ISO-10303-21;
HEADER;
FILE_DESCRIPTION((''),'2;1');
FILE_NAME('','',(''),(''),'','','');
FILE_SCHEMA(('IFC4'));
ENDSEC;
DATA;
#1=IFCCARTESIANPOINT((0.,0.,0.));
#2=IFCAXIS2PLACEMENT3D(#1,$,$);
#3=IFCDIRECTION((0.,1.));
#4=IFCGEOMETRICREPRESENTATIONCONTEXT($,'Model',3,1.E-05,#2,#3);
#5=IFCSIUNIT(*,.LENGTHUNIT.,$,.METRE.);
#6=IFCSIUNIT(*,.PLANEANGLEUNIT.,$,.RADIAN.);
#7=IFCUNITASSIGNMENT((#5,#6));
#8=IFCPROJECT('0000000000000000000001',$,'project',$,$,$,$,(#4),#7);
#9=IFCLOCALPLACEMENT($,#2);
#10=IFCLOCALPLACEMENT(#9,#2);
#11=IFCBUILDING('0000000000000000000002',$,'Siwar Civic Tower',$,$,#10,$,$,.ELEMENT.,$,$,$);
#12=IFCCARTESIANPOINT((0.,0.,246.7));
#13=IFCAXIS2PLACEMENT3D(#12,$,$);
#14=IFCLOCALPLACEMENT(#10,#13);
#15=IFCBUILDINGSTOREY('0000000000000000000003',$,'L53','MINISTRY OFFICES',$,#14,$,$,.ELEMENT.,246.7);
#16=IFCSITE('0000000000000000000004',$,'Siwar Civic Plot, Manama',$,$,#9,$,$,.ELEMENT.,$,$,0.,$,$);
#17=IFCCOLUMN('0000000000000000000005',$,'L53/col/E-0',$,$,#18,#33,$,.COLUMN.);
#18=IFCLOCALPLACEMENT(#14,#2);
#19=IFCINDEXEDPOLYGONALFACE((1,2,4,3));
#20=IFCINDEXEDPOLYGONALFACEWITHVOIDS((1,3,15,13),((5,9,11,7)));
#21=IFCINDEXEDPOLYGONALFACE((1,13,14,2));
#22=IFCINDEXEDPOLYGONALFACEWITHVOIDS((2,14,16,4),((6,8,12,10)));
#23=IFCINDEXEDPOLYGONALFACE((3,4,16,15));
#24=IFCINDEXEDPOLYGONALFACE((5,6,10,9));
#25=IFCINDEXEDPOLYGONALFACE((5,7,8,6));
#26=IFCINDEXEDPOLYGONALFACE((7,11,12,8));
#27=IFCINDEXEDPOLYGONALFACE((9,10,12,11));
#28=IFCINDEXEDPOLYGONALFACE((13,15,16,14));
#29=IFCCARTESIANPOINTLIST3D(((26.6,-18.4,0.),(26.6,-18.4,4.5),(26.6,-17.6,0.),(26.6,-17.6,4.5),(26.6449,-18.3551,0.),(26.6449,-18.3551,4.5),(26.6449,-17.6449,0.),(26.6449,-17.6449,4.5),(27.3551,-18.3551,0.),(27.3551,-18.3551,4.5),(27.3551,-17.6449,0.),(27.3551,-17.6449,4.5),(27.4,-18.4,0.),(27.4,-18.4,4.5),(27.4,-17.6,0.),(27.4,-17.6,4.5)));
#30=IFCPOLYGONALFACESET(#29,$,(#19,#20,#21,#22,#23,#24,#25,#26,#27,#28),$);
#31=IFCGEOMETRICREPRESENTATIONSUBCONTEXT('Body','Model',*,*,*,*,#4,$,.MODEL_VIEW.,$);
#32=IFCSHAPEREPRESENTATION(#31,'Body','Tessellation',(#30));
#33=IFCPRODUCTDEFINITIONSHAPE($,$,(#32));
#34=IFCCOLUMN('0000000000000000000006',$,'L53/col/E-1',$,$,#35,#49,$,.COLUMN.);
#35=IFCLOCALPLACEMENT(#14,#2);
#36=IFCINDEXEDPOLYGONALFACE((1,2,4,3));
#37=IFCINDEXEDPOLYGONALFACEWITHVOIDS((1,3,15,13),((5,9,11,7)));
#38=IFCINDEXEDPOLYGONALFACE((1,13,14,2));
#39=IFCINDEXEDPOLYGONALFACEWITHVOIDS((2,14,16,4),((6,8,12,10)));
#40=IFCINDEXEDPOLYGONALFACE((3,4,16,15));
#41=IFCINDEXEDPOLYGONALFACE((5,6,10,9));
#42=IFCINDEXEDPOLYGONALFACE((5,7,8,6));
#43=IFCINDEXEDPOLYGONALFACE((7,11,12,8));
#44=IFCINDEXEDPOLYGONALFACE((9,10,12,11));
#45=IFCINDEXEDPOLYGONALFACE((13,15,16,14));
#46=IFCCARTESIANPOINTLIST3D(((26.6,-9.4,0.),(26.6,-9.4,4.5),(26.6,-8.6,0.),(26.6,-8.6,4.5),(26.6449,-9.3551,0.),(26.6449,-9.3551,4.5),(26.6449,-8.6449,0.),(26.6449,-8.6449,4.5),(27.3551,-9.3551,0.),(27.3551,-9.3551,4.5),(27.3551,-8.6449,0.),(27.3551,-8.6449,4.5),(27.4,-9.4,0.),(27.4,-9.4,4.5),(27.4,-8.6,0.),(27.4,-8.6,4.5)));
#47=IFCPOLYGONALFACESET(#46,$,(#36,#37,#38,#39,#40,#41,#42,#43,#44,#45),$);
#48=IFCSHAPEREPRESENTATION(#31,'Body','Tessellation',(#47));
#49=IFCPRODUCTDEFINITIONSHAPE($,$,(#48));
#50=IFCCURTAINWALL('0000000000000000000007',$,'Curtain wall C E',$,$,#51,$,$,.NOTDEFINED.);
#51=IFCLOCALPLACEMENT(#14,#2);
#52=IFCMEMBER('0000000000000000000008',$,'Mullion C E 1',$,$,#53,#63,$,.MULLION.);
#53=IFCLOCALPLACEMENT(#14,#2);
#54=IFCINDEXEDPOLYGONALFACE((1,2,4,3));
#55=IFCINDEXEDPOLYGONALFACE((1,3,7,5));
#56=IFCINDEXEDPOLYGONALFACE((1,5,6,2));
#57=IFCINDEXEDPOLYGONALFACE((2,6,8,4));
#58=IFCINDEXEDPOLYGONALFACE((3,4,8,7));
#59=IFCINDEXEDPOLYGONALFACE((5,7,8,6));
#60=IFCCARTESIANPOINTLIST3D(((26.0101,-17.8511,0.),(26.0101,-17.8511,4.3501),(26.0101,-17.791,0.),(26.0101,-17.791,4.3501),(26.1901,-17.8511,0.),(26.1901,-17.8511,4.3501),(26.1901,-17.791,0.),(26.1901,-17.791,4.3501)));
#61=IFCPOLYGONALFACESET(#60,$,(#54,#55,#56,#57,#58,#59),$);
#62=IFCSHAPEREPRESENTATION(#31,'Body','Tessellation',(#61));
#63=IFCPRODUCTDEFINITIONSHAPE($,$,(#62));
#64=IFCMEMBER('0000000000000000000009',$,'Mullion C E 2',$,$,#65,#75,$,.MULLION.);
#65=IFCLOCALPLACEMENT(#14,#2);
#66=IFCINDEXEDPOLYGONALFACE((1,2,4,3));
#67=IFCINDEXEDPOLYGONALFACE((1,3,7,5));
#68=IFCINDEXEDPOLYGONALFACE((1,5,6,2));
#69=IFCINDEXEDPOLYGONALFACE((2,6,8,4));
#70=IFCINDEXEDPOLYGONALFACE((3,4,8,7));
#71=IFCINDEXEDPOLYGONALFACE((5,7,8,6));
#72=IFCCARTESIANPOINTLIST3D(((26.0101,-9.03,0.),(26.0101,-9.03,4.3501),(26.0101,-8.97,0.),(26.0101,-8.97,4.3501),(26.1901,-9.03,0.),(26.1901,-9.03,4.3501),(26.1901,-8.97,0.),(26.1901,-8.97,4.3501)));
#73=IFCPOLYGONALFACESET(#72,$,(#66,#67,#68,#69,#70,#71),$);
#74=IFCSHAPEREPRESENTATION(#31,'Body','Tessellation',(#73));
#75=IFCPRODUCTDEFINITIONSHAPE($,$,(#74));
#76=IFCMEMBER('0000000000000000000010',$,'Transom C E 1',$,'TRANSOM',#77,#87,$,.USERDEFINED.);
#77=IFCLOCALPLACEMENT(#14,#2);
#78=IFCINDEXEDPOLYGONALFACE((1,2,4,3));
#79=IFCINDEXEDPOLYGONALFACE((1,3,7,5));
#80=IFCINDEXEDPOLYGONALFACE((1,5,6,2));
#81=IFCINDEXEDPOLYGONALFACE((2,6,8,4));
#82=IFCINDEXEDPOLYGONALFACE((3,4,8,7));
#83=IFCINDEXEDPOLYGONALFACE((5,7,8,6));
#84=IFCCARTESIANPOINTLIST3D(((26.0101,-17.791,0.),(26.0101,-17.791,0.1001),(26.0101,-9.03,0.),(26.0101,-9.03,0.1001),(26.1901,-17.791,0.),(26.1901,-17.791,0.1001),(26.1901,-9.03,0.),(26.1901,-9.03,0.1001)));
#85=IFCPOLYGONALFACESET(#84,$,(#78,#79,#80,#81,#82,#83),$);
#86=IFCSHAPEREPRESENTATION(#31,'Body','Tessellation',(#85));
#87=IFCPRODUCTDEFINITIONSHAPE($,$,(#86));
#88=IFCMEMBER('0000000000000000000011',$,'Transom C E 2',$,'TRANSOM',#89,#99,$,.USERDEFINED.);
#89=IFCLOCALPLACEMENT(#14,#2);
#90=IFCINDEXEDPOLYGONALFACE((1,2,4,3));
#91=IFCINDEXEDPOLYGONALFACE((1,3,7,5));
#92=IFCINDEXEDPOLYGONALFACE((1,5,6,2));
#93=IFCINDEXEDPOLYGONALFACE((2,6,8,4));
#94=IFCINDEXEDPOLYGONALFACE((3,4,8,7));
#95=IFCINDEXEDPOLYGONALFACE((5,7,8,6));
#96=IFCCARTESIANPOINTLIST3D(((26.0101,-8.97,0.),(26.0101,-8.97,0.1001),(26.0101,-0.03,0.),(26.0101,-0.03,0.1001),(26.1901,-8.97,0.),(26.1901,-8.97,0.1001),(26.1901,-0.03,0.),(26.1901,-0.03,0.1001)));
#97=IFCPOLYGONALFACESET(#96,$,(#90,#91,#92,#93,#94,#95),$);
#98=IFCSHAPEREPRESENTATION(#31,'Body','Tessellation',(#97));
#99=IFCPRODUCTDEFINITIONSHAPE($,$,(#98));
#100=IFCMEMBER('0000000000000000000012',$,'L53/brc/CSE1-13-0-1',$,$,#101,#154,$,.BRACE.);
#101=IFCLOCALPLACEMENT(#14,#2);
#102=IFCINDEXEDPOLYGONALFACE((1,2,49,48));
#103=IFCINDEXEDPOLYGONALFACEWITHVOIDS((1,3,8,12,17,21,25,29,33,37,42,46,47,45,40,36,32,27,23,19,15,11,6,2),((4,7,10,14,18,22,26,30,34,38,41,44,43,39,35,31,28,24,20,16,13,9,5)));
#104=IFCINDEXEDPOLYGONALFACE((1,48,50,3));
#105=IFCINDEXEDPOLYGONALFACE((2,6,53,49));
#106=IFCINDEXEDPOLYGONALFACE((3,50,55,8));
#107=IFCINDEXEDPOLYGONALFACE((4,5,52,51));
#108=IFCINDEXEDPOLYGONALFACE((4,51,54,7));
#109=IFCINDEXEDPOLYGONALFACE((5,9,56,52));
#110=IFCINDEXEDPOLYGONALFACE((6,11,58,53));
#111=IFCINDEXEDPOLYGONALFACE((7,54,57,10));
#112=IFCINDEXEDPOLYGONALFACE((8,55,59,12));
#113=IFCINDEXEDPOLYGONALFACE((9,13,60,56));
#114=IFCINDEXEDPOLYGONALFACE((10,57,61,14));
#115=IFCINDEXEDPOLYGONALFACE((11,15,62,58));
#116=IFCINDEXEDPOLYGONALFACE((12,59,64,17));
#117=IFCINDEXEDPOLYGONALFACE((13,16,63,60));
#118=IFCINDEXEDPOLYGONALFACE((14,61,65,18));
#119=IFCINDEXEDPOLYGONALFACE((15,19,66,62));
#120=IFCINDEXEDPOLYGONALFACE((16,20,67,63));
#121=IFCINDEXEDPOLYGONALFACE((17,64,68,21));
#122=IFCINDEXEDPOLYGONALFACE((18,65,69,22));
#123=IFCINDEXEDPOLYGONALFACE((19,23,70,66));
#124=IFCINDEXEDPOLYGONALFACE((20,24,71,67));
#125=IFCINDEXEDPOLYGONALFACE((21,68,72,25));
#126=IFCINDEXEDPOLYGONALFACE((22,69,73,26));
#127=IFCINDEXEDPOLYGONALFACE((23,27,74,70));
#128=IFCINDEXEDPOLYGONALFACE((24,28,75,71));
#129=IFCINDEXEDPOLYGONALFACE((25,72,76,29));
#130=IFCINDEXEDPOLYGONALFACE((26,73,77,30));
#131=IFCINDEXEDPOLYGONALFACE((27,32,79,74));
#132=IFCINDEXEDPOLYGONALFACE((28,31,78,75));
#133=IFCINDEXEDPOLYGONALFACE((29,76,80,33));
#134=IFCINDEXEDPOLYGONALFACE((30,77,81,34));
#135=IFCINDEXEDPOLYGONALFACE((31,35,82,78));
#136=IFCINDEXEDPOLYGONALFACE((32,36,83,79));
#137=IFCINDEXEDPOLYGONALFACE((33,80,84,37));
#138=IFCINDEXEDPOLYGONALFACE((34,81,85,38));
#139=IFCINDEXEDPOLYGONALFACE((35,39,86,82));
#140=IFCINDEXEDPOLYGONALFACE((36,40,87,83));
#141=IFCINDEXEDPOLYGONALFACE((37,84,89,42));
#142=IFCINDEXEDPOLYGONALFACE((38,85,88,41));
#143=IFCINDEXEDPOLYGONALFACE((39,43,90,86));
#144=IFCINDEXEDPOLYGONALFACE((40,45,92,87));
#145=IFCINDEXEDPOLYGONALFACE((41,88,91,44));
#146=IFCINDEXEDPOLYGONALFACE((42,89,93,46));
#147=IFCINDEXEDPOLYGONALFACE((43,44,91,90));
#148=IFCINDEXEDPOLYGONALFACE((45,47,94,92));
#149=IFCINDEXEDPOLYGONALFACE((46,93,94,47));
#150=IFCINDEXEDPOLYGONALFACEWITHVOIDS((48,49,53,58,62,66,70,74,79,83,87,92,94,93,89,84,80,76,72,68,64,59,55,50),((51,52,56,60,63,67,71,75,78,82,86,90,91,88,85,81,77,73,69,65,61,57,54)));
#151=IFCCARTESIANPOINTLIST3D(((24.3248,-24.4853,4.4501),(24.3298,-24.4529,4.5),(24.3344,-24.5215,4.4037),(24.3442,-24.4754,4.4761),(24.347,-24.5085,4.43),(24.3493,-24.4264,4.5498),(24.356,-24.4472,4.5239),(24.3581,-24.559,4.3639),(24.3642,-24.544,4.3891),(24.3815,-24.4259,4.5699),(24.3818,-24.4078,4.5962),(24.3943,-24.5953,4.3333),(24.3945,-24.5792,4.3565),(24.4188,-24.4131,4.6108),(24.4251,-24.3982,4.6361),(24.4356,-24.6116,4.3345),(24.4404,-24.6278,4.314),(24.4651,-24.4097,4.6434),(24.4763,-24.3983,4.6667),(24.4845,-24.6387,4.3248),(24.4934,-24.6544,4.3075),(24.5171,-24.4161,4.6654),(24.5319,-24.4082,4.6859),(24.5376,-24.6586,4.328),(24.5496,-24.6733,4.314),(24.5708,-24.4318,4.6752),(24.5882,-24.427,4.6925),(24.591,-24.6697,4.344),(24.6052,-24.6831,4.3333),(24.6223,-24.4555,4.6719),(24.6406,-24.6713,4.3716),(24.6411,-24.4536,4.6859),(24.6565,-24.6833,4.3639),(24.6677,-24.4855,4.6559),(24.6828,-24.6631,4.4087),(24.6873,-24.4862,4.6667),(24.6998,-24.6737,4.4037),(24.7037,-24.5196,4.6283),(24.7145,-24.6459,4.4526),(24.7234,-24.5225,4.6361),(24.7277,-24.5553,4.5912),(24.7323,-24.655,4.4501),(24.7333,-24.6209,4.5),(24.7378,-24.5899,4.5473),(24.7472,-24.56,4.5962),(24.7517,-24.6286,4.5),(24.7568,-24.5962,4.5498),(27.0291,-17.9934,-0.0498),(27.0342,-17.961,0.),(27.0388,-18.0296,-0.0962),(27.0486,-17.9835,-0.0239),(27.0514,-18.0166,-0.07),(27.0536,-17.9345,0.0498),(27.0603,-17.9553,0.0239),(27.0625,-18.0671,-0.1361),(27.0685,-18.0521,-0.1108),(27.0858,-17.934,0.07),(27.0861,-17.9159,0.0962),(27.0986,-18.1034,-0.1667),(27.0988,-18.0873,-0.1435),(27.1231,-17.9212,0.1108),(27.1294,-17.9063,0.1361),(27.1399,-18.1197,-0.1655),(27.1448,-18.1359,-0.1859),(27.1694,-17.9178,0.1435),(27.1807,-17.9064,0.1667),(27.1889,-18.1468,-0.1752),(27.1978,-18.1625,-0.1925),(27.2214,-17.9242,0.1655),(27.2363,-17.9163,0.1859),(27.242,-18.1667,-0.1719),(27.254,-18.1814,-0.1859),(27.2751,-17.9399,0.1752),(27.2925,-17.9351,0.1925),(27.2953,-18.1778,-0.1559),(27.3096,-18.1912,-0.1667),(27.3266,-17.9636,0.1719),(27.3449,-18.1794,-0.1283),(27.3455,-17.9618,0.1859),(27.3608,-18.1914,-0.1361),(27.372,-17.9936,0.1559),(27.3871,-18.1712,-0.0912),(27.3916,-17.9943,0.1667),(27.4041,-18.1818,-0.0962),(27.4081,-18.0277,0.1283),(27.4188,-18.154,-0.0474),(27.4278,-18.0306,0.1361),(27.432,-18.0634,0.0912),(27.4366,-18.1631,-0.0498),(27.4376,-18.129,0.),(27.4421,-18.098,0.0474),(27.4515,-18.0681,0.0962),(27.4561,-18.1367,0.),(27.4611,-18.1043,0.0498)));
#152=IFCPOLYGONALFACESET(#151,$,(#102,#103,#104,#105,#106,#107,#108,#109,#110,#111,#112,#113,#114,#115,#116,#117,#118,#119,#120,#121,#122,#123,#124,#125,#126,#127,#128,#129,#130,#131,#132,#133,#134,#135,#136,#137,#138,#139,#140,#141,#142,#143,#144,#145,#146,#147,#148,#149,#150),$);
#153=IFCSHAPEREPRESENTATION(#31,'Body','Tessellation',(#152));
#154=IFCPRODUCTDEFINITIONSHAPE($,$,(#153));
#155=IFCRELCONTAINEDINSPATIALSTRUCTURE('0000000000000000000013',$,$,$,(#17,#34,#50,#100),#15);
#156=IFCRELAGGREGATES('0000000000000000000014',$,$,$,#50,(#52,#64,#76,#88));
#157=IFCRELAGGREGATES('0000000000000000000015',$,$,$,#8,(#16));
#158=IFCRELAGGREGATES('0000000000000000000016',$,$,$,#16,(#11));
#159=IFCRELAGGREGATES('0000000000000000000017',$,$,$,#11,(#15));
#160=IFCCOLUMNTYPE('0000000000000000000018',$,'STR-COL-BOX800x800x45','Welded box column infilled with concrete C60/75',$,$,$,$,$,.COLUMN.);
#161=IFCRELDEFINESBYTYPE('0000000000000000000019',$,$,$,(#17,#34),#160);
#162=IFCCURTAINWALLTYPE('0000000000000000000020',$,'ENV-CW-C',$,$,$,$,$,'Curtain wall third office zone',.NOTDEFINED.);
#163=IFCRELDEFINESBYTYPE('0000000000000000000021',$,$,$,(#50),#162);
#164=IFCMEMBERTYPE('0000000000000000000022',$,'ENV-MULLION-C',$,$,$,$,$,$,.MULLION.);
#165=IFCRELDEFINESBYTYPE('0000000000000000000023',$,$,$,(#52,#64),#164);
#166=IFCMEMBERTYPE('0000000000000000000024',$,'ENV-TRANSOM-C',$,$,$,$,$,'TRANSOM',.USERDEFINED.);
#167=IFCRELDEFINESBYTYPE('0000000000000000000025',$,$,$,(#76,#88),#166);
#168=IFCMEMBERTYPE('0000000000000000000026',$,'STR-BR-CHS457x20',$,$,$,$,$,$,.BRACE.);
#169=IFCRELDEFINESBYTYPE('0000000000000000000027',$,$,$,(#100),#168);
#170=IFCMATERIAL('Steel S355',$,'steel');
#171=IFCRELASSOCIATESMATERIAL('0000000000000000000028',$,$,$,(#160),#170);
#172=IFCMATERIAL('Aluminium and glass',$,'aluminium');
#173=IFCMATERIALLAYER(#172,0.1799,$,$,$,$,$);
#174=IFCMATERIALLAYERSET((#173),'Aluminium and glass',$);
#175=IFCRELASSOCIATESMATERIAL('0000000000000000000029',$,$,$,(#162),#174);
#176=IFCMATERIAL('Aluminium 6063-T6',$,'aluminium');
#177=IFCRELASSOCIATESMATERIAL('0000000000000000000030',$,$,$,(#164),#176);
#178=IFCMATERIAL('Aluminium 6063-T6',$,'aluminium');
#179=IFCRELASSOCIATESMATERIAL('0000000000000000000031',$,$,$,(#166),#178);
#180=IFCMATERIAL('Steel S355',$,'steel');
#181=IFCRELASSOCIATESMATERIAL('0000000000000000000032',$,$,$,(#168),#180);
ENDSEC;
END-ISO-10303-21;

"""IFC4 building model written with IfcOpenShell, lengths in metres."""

from ifc_helpers import new_model, si_unit, direction, frame, origin, origin_2d, place, context, subcontext, project, spatial, rectangle, hollow_rectangle, hollow_circle, extrude, material, layer, layer_set, material_profile, profile_set, type_object, element, aggregate, save


model = new_model("IFC4")

# Units and contexts
model_context = context("Model", 3, precision=1e-05, world=origin(), true_north=direction((0.0, 1.0)))
body_context = subcontext(model_context, "Body", "Model", "MODEL_VIEW")
ifc_project = project(units=[si_unit("LENGTHUNIT", "METRE"), si_unit("PLANEANGLEUNIT", "RADIAN")], contexts=[model_context])

# Site, building, storey
site_placement = place(None, origin())
site = spatial("IfcSite", under=ifc_project, at=site_placement, Name="Siwar Civic Plot, Manama", CompositionType="ELEMENT", RefElevation=0.0)
building_placement = place(site_placement, origin())
building = spatial("IfcBuilding", under=site, at=building_placement, Name="Siwar Civic Tower", CompositionType="ELEMENT")
storey_placement = place(building_placement, frame((0.0, 0.0, 246.7)))
storey = spatial("IfcBuildingStorey", under=building, at=storey_placement, Name="L53", Description="MINISTRY OFFICES", CompositionType="ELEMENT", Elevation=246.7)

# Columns
ifc_material_1 = material(Name="Steel S355", Category="steel")
ifc_material_profile_1 = material_profile(ifc_material_1, hollow_rectangle(XDim=0.8, YDim=0.8, WallThickness=0.0449, at=origin_2d()), Name="BOX800x800x45")
ifc_profile_set_1 = profile_set([ifc_material_profile_1], Name="Steel S355")
column_type = type_object("IfcColumnType", Name="STR-COL-BOX800x800x45", Description="Welded box column infilled with concrete C60/75", PredefinedType="COLUMN", material=ifc_profile_set_1)
for number, where, z_axis, x_axis, name in (
    (1, (27.0, -18.0, 0.0), (0.0, 0.0, 1.0), (1.0, 0.0, 0.0), "L53/col/E-0"),
    (2, (27.0, -9.0, 0.0), (0.0, 0.0, 1.0), (1.0, 0.0, 0.0), "L53/col/E-1"),
):
    element("IfcColumn", number, at=place(storey_placement, frame(where, z_axis=z_axis, x_axis=x_axis)), inside=storey, type_object=column_type, Name=name, PredefinedType="COLUMN", context=body_context, shape_type="SweptSolid", body=[
        extrude(hollow_rectangle(XDim=0.8, YDim=0.8, WallThickness=0.0449, at=origin_2d()), origin(), (0.0, 0.0, 1.0), 4.5),
    ])

# Curtain wall, members
ifc_material_2 = material(Name="Aluminium and glass", Category="aluminium")
ifc_layer_1 = layer(ifc_material_2, 0.1799)
ifc_layer_set_1 = layer_set([ifc_layer_1], Name="Aluminium and glass")
curtain_wall_type = type_object("IfcCurtainWallType", Name="ENV-CW-C", ElementType="Curtain wall third office zone", PredefinedType="NOTDEFINED", material=ifc_layer_set_1)
curtain_wall_placement = place(storey_placement, origin())
curtain_wall = element("IfcCurtainWall", 3, at=curtain_wall_placement, inside=storey, type_object=curtain_wall_type, Name="Curtain wall C E", PredefinedType="NOTDEFINED")
ifc_material_3 = material(Name="Aluminium 6063-T6", Category="aluminium")
ifc_material_profile_2 = material_profile(ifc_material_3, rectangle(XDim=0.1799, YDim=0.0601, at=origin_2d()), Name="AL 180x60")
ifc_profile_set_2 = profile_set([ifc_material_profile_2], Name="Aluminium 6063-T6")
member_type_1 = type_object("IfcMemberType", Name="ENV-MULLION-C", PredefinedType="MULLION", material=ifc_profile_set_2)
member_1_placement = place(storey_placement, frame((26.1001, -17.821, 0.0), z_axis=(0.0, 0.0, 1.0), x_axis=(-1.0, 0.0, 0.0)))
member_1 = element("IfcMember", 4, at=member_1_placement, type_object=member_type_1, Name="Mullion C E 1", PredefinedType="MULLION", context=body_context, shape_type="SweptSolid", body=[
    extrude(rectangle(XDim=0.1799, YDim=0.0601, at=origin_2d()), origin(), (0.0, 0.0, 1.0), 4.3501),
])
member_2_placement = place(storey_placement, frame((26.1001, -9.0, 0.0), z_axis=(0.0, 0.0, 1.0), x_axis=(-1.0, 0.0, 0.0)))
member_2 = element("IfcMember", 5, at=member_2_placement, type_object=member_type_1, Name="Mullion C E 2", PredefinedType="MULLION", context=body_context, shape_type="SweptSolid", body=[
    extrude(rectangle(XDim=0.1799, YDim=0.0601, at=origin_2d()), origin(), (0.0, 0.0, 1.0), 4.3501),
])
ifc_material_4 = material(Name="Aluminium 6063-T6", Category="aluminium")
ifc_material_profile_3 = material_profile(ifc_material_4, rectangle(XDim=0.1799, YDim=0.1001, at=origin_2d()), Name="AL 180x100")
ifc_profile_set_3 = profile_set([ifc_material_profile_3], Name="Aluminium 6063-T6")
member_type_2 = type_object("IfcMemberType", Name="ENV-TRANSOM-C", ElementType="TRANSOM", PredefinedType="USERDEFINED", material=ifc_profile_set_3)
member_3_placement = place(storey_placement, frame((26.1001, -17.791, 0.05), z_axis=(0.0, 1.0, 0.0), x_axis=(-1.0, 0.0, 0.0)))
member_3 = element("IfcMember", 6, at=member_3_placement, type_object=member_type_2, Name="Transom C E 1", ObjectType="TRANSOM", PredefinedType="USERDEFINED", context=body_context, shape_type="SweptSolid", body=[
    extrude(rectangle(XDim=0.1799, YDim=0.1001, at=origin_2d()), origin(), (0.0, 0.0, 1.0), 8.761),
])
member_4_placement = place(storey_placement, frame((26.1001, -8.97, 0.05), z_axis=(0.0, 1.0, 0.0), x_axis=(-1.0, 0.0, 0.0)))
member_4 = element("IfcMember", 7, at=member_4_placement, type_object=member_type_2, Name="Transom C E 2", ObjectType="TRANSOM", PredefinedType="USERDEFINED", context=body_context, shape_type="SweptSolid", body=[
    extrude(rectangle(XDim=0.1799, YDim=0.1001, at=origin_2d()), origin(), (0.0, 0.0, 1.0), 8.9399),
])

# Member
ifc_material_5 = material(Name="Steel S355", Category="steel")
ifc_material_profile_4 = material_profile(ifc_material_5, hollow_circle(Radius=0.2285, WallThickness=0.02, at=origin_2d()), Name="CHS457x20")
ifc_profile_set_4 = profile_set([ifc_material_profile_4], Name="Steel S355")
member_type_3 = type_object("IfcMemberType", Name="STR-BR-CHS457x20", PredefinedType="BRACE", material=ifc_profile_set_4)
member_5_placement = place(storey_placement, frame((27.2451, -18.0488, 0.0), z_axis=(-0.323906, -0.777555, 0.538975), x_axis=(0.923109, -0.384539, 0.0)))
element("IfcMember", 8, at=member_5_placement, inside=storey, type_object=member_type_3, Name="L53/brc/CSE1-13-0-1", PredefinedType="BRACE", context=body_context, shape_type="SweptSolid", body=[
    extrude(hollow_circle(Radius=0.2285, WallThickness=0.02, at=origin_2d()), origin(), (0.0, 0.0, 1.0), 8.3491),
])

aggregate(curtain_wall, [member_1, member_2, member_3, member_4])

save(model, "model.ifc")
